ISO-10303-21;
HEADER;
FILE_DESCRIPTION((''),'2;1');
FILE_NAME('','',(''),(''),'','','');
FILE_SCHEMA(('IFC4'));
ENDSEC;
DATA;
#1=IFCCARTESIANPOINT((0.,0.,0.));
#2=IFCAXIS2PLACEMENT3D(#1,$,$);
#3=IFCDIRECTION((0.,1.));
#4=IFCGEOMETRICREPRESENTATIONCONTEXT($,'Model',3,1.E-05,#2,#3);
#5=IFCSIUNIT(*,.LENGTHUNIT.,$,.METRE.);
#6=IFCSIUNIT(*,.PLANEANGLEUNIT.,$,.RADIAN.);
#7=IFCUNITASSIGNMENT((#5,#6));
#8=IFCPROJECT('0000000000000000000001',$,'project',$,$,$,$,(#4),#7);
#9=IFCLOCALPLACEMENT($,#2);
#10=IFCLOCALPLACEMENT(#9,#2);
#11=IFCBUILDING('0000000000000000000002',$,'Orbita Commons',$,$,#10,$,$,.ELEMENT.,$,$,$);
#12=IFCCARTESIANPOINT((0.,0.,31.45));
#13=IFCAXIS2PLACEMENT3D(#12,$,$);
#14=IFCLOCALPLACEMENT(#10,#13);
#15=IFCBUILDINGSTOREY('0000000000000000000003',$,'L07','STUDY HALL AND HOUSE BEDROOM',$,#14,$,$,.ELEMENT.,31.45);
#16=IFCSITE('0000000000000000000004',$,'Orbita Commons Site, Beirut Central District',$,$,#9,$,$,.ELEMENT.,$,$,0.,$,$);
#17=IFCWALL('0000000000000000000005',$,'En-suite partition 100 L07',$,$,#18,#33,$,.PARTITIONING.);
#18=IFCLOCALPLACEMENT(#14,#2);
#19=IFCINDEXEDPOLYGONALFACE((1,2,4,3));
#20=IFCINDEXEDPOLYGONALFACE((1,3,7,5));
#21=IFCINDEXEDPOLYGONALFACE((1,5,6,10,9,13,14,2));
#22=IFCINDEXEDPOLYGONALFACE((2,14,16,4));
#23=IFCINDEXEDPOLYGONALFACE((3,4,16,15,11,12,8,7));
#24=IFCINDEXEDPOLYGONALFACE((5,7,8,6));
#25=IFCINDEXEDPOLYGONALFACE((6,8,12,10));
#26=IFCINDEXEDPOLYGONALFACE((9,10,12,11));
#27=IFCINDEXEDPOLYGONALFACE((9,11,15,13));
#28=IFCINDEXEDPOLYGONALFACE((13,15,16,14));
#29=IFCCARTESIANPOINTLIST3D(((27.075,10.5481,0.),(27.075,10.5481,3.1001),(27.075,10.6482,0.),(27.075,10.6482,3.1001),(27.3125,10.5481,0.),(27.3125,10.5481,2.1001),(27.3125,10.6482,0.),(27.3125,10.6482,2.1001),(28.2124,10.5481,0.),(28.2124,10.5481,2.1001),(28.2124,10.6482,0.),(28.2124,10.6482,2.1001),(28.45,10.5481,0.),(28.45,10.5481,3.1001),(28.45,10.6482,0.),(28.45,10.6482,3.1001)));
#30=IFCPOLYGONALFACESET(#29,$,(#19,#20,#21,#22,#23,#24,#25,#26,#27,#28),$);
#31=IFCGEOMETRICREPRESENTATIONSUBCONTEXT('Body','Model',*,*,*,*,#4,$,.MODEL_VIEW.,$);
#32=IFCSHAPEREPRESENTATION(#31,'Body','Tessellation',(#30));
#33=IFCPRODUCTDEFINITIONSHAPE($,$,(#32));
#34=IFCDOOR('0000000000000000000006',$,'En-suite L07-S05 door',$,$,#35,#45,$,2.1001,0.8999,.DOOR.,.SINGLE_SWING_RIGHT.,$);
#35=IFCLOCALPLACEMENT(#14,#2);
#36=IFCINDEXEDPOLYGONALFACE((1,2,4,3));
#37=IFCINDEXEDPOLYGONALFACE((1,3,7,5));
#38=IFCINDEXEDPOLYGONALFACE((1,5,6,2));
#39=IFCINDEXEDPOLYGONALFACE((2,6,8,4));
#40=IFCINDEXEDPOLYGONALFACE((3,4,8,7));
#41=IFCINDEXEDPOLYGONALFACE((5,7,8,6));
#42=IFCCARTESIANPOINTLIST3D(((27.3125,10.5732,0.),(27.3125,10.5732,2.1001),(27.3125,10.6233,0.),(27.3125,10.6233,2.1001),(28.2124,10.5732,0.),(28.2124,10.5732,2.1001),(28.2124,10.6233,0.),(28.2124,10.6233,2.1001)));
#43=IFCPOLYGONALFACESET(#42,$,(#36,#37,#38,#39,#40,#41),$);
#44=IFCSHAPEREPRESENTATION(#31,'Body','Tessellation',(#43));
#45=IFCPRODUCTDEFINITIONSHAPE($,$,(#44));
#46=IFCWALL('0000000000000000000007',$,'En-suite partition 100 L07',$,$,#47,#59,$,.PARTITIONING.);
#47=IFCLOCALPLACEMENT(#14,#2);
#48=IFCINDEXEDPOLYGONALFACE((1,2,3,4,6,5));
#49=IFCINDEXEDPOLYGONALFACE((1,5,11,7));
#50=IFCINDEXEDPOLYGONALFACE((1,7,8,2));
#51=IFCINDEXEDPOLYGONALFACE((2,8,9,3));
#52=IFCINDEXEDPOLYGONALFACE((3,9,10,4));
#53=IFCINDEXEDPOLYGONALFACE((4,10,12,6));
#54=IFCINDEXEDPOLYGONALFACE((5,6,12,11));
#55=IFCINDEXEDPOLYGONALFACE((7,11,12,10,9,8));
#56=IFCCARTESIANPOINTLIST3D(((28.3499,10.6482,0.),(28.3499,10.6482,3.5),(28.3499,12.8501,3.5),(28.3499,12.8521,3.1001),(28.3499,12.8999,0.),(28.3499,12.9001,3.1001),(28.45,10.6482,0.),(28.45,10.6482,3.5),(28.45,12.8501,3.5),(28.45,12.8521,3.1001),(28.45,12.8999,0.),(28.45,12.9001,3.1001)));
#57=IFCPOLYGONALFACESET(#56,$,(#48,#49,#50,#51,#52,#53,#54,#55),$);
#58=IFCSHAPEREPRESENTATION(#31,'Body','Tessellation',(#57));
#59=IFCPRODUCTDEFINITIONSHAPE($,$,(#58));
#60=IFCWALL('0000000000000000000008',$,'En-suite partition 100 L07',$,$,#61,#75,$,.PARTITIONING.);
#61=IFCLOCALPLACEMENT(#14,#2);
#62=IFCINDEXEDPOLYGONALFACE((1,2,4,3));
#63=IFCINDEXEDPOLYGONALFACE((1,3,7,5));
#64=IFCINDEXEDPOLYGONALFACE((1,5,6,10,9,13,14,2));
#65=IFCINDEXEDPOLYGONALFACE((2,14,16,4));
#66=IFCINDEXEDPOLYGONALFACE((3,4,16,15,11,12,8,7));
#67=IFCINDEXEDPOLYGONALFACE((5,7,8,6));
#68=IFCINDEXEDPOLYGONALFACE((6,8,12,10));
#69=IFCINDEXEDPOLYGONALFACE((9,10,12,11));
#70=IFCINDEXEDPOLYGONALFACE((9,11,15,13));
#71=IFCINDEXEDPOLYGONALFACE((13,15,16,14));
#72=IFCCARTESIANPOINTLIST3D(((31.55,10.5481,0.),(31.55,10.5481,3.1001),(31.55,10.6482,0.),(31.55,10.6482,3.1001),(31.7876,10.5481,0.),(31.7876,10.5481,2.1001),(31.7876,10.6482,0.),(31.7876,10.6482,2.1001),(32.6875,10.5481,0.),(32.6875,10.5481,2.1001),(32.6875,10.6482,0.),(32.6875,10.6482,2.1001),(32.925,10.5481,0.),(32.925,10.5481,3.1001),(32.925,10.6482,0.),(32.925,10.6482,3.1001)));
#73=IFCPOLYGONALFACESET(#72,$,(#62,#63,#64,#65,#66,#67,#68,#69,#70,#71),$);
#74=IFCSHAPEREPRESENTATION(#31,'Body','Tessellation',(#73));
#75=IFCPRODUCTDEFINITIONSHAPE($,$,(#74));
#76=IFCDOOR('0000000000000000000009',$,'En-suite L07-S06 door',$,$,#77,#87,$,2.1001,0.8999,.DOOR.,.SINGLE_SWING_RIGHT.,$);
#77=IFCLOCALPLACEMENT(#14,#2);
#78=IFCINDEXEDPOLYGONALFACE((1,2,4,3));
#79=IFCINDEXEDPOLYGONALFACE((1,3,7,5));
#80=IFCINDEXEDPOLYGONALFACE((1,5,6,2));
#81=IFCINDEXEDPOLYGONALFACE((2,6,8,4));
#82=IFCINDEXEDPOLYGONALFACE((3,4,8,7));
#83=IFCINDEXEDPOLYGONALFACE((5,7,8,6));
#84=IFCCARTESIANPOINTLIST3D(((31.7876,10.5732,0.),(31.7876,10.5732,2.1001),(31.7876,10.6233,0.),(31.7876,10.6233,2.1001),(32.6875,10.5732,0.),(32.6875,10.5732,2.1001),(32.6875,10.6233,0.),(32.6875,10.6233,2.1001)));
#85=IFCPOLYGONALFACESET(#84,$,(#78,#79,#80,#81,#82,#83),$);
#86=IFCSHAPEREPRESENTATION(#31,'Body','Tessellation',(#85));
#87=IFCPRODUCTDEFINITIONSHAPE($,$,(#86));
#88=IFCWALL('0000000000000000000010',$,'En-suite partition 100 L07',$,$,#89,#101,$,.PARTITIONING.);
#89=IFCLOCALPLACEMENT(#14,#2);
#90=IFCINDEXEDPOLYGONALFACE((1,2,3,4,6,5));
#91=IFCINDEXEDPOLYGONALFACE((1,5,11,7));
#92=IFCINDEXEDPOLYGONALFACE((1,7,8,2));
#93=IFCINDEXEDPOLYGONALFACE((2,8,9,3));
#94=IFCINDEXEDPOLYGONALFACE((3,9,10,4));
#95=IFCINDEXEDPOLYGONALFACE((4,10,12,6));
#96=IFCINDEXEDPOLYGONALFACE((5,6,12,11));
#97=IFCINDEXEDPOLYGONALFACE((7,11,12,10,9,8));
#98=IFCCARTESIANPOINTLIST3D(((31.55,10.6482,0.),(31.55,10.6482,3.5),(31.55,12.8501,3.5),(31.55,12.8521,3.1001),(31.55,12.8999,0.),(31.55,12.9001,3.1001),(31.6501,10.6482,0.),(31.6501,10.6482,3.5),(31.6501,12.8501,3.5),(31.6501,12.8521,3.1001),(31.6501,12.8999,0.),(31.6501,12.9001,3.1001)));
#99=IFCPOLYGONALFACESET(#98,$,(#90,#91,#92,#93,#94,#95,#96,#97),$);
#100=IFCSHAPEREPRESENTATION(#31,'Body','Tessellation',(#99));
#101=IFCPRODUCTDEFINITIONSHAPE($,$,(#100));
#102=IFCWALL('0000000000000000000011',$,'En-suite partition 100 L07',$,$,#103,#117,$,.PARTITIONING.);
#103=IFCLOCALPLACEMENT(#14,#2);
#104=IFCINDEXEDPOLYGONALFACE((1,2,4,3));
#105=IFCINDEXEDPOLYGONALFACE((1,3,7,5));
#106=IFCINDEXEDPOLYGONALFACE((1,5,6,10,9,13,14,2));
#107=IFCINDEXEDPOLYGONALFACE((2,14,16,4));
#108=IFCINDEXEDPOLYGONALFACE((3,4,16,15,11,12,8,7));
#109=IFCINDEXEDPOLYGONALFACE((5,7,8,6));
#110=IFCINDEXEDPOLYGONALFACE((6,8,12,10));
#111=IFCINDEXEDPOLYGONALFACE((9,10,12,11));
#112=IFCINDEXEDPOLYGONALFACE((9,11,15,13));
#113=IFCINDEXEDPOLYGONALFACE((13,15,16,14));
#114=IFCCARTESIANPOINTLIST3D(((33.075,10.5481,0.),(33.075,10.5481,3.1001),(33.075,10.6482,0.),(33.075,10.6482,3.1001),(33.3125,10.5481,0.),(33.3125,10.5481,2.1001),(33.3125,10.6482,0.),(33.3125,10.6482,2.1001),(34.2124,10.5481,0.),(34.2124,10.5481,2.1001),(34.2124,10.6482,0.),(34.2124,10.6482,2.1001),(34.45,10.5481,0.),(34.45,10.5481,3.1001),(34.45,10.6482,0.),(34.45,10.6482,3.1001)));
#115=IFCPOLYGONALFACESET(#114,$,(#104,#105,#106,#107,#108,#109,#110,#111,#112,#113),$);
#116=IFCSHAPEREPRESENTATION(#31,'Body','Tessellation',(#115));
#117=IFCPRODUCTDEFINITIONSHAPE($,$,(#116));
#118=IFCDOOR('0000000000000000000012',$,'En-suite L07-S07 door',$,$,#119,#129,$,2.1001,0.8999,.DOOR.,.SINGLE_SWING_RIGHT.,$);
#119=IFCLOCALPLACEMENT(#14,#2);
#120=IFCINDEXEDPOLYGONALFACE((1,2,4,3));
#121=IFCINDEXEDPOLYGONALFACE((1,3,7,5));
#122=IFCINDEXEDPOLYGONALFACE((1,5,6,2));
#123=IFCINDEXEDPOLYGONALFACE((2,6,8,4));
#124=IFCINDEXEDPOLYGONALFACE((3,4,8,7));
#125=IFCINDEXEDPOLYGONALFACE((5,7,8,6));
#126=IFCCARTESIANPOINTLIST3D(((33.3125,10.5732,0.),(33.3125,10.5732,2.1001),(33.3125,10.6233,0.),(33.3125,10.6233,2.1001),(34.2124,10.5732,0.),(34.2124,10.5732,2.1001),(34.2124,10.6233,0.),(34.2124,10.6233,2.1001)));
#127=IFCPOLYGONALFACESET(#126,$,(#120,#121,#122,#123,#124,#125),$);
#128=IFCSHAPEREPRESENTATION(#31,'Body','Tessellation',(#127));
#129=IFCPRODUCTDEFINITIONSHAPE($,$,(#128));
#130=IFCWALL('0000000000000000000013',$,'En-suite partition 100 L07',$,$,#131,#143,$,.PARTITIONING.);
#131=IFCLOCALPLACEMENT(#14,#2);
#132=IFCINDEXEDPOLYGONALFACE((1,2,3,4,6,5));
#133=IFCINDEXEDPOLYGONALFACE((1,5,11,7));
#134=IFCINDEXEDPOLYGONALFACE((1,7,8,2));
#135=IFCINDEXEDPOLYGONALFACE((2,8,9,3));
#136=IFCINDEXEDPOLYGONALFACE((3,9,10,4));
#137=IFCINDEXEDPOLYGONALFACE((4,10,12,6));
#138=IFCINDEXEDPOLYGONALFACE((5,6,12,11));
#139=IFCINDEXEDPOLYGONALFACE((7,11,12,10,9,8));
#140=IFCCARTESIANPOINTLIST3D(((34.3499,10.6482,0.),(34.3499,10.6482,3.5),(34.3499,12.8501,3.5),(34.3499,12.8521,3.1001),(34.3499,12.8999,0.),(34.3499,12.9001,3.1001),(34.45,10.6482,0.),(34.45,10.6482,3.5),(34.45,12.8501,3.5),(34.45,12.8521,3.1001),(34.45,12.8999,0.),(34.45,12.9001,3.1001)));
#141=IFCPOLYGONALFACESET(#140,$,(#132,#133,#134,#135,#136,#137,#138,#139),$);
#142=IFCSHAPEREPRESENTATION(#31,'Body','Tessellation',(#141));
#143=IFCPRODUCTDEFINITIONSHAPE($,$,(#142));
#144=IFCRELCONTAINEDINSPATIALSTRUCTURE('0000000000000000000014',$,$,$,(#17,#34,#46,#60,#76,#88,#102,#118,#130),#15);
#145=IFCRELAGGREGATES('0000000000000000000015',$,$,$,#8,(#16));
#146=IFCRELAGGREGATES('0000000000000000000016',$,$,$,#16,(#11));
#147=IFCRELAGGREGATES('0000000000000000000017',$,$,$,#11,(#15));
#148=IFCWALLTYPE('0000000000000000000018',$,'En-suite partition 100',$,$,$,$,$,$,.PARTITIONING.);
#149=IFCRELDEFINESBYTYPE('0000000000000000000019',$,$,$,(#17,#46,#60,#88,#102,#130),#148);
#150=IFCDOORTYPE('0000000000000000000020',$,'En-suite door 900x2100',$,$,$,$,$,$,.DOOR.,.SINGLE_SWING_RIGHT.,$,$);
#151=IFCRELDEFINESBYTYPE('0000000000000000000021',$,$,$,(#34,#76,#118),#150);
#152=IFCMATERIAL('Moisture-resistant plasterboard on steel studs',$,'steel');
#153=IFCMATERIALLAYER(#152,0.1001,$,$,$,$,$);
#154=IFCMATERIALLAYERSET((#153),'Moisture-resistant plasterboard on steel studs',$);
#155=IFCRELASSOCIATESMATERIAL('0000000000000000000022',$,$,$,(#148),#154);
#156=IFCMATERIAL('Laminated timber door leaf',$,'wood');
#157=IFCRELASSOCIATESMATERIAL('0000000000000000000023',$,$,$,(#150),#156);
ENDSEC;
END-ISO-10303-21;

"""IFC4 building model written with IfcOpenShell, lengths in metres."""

from ifc_helpers import new_model, si_unit, direction, frame, frame_2d, origin, place, context, subcontext, project, spatial, polyline, rectangle, outline, extrude, material, layer, layer_set, type_object, element, fill, save


model = new_model("IFC4")

# Units and contexts
model_context = context("Model", 3, precision=1e-05, world=origin(), true_north=direction((0.0, 1.0)))
body_context = subcontext(model_context, "Body", "Model", "MODEL_VIEW")
ifc_project = project(units=[si_unit("LENGTHUNIT", "METRE"), si_unit("PLANEANGLEUNIT", "RADIAN")], contexts=[model_context])

# Site, building, storey
site_placement = place(None, origin())
site = spatial("IfcSite", under=ifc_project, at=site_placement, Name="Orbita Commons Site, Beirut Central District", CompositionType="ELEMENT", RefElevation=0.0)
building_placement = place(site_placement, origin())
building = spatial("IfcBuilding", under=site, at=building_placement, Name="Orbita Commons", CompositionType="ELEMENT")
storey_placement = place(building_placement, frame((0.0, 0.0, 31.45)))
storey = spatial("IfcBuildingStorey", under=building, at=storey_placement, Name="L07", Description="STUDY HALL AND HOUSE BEDROOM", CompositionType="ELEMENT", Elevation=31.45)

# Shared definitions
ifc_material_1 = material(Name="Moisture-resistant plasterboard on steel studs", Category="steel")
ifc_layer = layer(ifc_material_1, 0.1001)
ifc_layer_set = layer_set([ifc_layer], Name="Moisture-resistant plasterboard on steel studs")
wall_type = type_object("IfcWallType", Name="En-suite partition 100", PredefinedType="PARTITIONING", material=ifc_layer_set)
ifc_material_2 = material(Name="Laminated timber door leaf", Category="wood")
door_type = type_object("IfcDoorType", Name="En-suite door 900x2100", OperationType="SINGLE_SWING_RIGHT", PredefinedType="DOOR", material=ifc_material_2)

# Wall, opening, door
wall_1_placement = place(storey_placement, frame((28.45, 10.5981, 0.0), z_axis=(0.0, 0.0, 1.0), x_axis=(-1.0, 0.0, 0.0)))
wall_1 = element("IfcWall", 1, at=wall_1_placement, inside=storey, type_object=wall_type, Name="En-suite partition 100 L07", PredefinedType="PARTITIONING", context=body_context, shape_type="SweptSolid", body=[
    extrude(outline(polyline([(0.0, 0.0), (1.375, 0.0), (1.375, 3.1001), (0.0, 3.1001), (0.0, 0.0)])), frame((0.0, 0.05, 0.0), z_axis=(0.0, -1.0, 0.0), x_axis=(1.0, 0.0, 0.0)), (0.0, 0.0, 1.0), 0.1001),
])
opening_1_placement = place(wall_1_placement, frame((0.2375, 0.0, 0.0)))
opening_1 = element("IfcOpeningElement", 2, at=opening_1_placement, cuts=wall_1, PredefinedType="OPENING", context=body_context, shape_type="SweptSolid", body=[
    extrude(rectangle(XDim=0.8999, YDim=2.1001, at=frame_2d((0.45, 1.05))), frame((0.0, 0.0601, 0.0), z_axis=(0.0, -1.0, 0.0), x_axis=(1.0, 0.0, 0.0)), (0.0, 0.0, 1.0), 0.1201),
])
door_1_placement = place(opening_1_placement, origin())
door_1 = element("IfcDoor", 3, at=door_1_placement, inside=storey, type_object=door_type, Name="En-suite L07-S05 door", OperationType="SINGLE_SWING_RIGHT", OverallHeight=2.1001, OverallWidth=0.8999, PredefinedType="DOOR", context=body_context, shape_type="SweptSolid", body=[
    extrude(rectangle(XDim=0.8999, YDim=2.1001, at=frame_2d((0.45, 1.05))), frame((0.0, 0.0249, 0.0), z_axis=(0.0, -1.0, 0.0), x_axis=(1.0, 0.0, 0.0)), (0.0, 0.0, 1.0), 0.05),
])
fill(opening_1, door_1)

# Wall
wall_2_placement = place(storey_placement, frame((28.3999, 10.6482, 0.0), z_axis=(0.0, 0.0, 1.0), x_axis=(0.0, 1.0, 0.0)))
element("IfcWall", 4, at=wall_2_placement, inside=storey, type_object=wall_type, Name="En-suite partition 100 L07", PredefinedType="PARTITIONING", context=body_context, shape_type="SweptSolid", body=[
    extrude(outline(polyline([(0.0, 0.0), (2.2517, 0.0), (2.252, 3.1001), (2.2039, 3.1001), (2.2019, 3.5), (0.0, 3.5), (0.0, 0.0)])), frame((0.0, 0.05, 0.0), z_axis=(0.0, -1.0, 0.0), x_axis=(1.0, 0.0, 0.0)), (0.0, 0.0, 1.0), 0.1001),
])

# Wall, opening, door
wall_3_placement = place(storey_placement, frame((32.925, 10.5981, 0.0), z_axis=(0.0, 0.0, 1.0), x_axis=(-1.0, 0.0, 0.0)))
wall_3 = element("IfcWall", 5, at=wall_3_placement, inside=storey, type_object=wall_type, Name="En-suite partition 100 L07", PredefinedType="PARTITIONING", context=body_context, shape_type="SweptSolid", body=[
    extrude(outline(polyline([(0.0, 0.0), (1.375, 0.0), (1.375, 3.1001), (0.0, 3.1001), (0.0, 0.0)])), frame((0.0, 0.05, 0.0), z_axis=(0.0, -1.0, 0.0), x_axis=(1.0, 0.0, 0.0)), (0.0, 0.0, 1.0), 0.1001),
])
opening_2_placement = place(wall_3_placement, frame((0.2375, 0.0, 0.0)))
opening_2 = element("IfcOpeningElement", 6, at=opening_2_placement, cuts=wall_3, PredefinedType="OPENING", context=body_context, shape_type="SweptSolid", body=[
    extrude(rectangle(XDim=0.8999, YDim=2.1001, at=frame_2d((0.45, 1.05))), frame((0.0, 0.0601, 0.0), z_axis=(0.0, -1.0, 0.0), x_axis=(1.0, 0.0, 0.0)), (0.0, 0.0, 1.0), 0.1201),
])
door_2_placement = place(opening_2_placement, origin())
door_2 = element("IfcDoor", 7, at=door_2_placement, inside=storey, type_object=door_type, Name="En-suite L07-S06 door", OperationType="SINGLE_SWING_RIGHT", OverallHeight=2.1001, OverallWidth=0.8999, PredefinedType="DOOR", context=body_context, shape_type="SweptSolid", body=[
    extrude(rectangle(XDim=0.8999, YDim=2.1001, at=frame_2d((0.45, 1.05))), frame((0.0, 0.0249, 0.0), z_axis=(0.0, -1.0, 0.0), x_axis=(1.0, 0.0, 0.0)), (0.0, 0.0, 1.0), 0.05),
])
fill(opening_2, door_2)

# Wall
wall_4_placement = place(storey_placement, frame((31.6001, 10.6482, 0.0), z_axis=(0.0, 0.0, 1.0), x_axis=(0.0, 1.0, 0.0)))
element("IfcWall", 8, at=wall_4_placement, inside=storey, type_object=wall_type, Name="En-suite partition 100 L07", PredefinedType="PARTITIONING", context=body_context, shape_type="SweptSolid", body=[
    extrude(outline(polyline([(0.0, 0.0), (2.2517, 0.0), (2.252, 3.1001), (2.2039, 3.1001), (2.2019, 3.5), (0.0, 3.5), (0.0, 0.0)])), frame((0.0, 0.05, 0.0), z_axis=(0.0, -1.0, 0.0), x_axis=(1.0, 0.0, 0.0)), (0.0, 0.0, 1.0), 0.1001),
])

# Wall, opening, door
wall_5_placement = place(storey_placement, frame((34.45, 10.5981, 0.0), z_axis=(0.0, 0.0, 1.0), x_axis=(-1.0, 0.0, 0.0)))
wall_5 = element("IfcWall", 9, at=wall_5_placement, inside=storey, type_object=wall_type, Name="En-suite partition 100 L07", PredefinedType="PARTITIONING", context=body_context, shape_type="SweptSolid", body=[
    extrude(outline(polyline([(0.0, 0.0), (1.375, 0.0), (1.375, 3.1001), (0.0, 3.1001), (0.0, 0.0)])), frame((0.0, 0.05, 0.0), z_axis=(0.0, -1.0, 0.0), x_axis=(1.0, 0.0, 0.0)), (0.0, 0.0, 1.0), 0.1001),
])
opening_3_placement = place(wall_5_placement, frame((0.2375, 0.0, 0.0)))
opening_3 = element("IfcOpeningElement", 10, at=opening_3_placement, cuts=wall_5, PredefinedType="OPENING", context=body_context, shape_type="SweptSolid", body=[
    extrude(rectangle(XDim=0.8999, YDim=2.1001, at=frame_2d((0.45, 1.05))), frame((0.0, 0.0601, 0.0), z_axis=(0.0, -1.0, 0.0), x_axis=(1.0, 0.0, 0.0)), (0.0, 0.0, 1.0), 0.1201),
])
door_3_placement = place(opening_3_placement, origin())
door_3 = element("IfcDoor", 11, at=door_3_placement, inside=storey, type_object=door_type, Name="En-suite L07-S07 door", OperationType="SINGLE_SWING_RIGHT", OverallHeight=2.1001, OverallWidth=0.8999, PredefinedType="DOOR", context=body_context, shape_type="SweptSolid", body=[
    extrude(rectangle(XDim=0.8999, YDim=2.1001, at=frame_2d((0.45, 1.05))), frame((0.0, 0.0249, 0.0), z_axis=(0.0, -1.0, 0.0), x_axis=(1.0, 0.0, 0.0)), (0.0, 0.0, 1.0), 0.05),
])
fill(opening_3, door_3)

# Wall
wall_6_placement = place(storey_placement, frame((34.3999, 10.6482, 0.0), z_axis=(0.0, 0.0, 1.0), x_axis=(0.0, 1.0, 0.0)))
element("IfcWall", 12, at=wall_6_placement, inside=storey, type_object=wall_type, Name="En-suite partition 100 L07", PredefinedType="PARTITIONING", context=body_context, shape_type="SweptSolid", body=[
    extrude(outline(polyline([(0.0, 0.0), (2.2517, 0.0), (2.252, 3.1001), (2.2039, 3.1001), (2.2019, 3.5), (0.0, 3.5), (0.0, 0.0)])), frame((0.0, 0.05, 0.0), z_axis=(0.0, -1.0, 0.0), x_axis=(1.0, 0.0, 0.0)), (0.0, 0.0, 1.0), 0.1001),
])

save(model, "model.ifc")
